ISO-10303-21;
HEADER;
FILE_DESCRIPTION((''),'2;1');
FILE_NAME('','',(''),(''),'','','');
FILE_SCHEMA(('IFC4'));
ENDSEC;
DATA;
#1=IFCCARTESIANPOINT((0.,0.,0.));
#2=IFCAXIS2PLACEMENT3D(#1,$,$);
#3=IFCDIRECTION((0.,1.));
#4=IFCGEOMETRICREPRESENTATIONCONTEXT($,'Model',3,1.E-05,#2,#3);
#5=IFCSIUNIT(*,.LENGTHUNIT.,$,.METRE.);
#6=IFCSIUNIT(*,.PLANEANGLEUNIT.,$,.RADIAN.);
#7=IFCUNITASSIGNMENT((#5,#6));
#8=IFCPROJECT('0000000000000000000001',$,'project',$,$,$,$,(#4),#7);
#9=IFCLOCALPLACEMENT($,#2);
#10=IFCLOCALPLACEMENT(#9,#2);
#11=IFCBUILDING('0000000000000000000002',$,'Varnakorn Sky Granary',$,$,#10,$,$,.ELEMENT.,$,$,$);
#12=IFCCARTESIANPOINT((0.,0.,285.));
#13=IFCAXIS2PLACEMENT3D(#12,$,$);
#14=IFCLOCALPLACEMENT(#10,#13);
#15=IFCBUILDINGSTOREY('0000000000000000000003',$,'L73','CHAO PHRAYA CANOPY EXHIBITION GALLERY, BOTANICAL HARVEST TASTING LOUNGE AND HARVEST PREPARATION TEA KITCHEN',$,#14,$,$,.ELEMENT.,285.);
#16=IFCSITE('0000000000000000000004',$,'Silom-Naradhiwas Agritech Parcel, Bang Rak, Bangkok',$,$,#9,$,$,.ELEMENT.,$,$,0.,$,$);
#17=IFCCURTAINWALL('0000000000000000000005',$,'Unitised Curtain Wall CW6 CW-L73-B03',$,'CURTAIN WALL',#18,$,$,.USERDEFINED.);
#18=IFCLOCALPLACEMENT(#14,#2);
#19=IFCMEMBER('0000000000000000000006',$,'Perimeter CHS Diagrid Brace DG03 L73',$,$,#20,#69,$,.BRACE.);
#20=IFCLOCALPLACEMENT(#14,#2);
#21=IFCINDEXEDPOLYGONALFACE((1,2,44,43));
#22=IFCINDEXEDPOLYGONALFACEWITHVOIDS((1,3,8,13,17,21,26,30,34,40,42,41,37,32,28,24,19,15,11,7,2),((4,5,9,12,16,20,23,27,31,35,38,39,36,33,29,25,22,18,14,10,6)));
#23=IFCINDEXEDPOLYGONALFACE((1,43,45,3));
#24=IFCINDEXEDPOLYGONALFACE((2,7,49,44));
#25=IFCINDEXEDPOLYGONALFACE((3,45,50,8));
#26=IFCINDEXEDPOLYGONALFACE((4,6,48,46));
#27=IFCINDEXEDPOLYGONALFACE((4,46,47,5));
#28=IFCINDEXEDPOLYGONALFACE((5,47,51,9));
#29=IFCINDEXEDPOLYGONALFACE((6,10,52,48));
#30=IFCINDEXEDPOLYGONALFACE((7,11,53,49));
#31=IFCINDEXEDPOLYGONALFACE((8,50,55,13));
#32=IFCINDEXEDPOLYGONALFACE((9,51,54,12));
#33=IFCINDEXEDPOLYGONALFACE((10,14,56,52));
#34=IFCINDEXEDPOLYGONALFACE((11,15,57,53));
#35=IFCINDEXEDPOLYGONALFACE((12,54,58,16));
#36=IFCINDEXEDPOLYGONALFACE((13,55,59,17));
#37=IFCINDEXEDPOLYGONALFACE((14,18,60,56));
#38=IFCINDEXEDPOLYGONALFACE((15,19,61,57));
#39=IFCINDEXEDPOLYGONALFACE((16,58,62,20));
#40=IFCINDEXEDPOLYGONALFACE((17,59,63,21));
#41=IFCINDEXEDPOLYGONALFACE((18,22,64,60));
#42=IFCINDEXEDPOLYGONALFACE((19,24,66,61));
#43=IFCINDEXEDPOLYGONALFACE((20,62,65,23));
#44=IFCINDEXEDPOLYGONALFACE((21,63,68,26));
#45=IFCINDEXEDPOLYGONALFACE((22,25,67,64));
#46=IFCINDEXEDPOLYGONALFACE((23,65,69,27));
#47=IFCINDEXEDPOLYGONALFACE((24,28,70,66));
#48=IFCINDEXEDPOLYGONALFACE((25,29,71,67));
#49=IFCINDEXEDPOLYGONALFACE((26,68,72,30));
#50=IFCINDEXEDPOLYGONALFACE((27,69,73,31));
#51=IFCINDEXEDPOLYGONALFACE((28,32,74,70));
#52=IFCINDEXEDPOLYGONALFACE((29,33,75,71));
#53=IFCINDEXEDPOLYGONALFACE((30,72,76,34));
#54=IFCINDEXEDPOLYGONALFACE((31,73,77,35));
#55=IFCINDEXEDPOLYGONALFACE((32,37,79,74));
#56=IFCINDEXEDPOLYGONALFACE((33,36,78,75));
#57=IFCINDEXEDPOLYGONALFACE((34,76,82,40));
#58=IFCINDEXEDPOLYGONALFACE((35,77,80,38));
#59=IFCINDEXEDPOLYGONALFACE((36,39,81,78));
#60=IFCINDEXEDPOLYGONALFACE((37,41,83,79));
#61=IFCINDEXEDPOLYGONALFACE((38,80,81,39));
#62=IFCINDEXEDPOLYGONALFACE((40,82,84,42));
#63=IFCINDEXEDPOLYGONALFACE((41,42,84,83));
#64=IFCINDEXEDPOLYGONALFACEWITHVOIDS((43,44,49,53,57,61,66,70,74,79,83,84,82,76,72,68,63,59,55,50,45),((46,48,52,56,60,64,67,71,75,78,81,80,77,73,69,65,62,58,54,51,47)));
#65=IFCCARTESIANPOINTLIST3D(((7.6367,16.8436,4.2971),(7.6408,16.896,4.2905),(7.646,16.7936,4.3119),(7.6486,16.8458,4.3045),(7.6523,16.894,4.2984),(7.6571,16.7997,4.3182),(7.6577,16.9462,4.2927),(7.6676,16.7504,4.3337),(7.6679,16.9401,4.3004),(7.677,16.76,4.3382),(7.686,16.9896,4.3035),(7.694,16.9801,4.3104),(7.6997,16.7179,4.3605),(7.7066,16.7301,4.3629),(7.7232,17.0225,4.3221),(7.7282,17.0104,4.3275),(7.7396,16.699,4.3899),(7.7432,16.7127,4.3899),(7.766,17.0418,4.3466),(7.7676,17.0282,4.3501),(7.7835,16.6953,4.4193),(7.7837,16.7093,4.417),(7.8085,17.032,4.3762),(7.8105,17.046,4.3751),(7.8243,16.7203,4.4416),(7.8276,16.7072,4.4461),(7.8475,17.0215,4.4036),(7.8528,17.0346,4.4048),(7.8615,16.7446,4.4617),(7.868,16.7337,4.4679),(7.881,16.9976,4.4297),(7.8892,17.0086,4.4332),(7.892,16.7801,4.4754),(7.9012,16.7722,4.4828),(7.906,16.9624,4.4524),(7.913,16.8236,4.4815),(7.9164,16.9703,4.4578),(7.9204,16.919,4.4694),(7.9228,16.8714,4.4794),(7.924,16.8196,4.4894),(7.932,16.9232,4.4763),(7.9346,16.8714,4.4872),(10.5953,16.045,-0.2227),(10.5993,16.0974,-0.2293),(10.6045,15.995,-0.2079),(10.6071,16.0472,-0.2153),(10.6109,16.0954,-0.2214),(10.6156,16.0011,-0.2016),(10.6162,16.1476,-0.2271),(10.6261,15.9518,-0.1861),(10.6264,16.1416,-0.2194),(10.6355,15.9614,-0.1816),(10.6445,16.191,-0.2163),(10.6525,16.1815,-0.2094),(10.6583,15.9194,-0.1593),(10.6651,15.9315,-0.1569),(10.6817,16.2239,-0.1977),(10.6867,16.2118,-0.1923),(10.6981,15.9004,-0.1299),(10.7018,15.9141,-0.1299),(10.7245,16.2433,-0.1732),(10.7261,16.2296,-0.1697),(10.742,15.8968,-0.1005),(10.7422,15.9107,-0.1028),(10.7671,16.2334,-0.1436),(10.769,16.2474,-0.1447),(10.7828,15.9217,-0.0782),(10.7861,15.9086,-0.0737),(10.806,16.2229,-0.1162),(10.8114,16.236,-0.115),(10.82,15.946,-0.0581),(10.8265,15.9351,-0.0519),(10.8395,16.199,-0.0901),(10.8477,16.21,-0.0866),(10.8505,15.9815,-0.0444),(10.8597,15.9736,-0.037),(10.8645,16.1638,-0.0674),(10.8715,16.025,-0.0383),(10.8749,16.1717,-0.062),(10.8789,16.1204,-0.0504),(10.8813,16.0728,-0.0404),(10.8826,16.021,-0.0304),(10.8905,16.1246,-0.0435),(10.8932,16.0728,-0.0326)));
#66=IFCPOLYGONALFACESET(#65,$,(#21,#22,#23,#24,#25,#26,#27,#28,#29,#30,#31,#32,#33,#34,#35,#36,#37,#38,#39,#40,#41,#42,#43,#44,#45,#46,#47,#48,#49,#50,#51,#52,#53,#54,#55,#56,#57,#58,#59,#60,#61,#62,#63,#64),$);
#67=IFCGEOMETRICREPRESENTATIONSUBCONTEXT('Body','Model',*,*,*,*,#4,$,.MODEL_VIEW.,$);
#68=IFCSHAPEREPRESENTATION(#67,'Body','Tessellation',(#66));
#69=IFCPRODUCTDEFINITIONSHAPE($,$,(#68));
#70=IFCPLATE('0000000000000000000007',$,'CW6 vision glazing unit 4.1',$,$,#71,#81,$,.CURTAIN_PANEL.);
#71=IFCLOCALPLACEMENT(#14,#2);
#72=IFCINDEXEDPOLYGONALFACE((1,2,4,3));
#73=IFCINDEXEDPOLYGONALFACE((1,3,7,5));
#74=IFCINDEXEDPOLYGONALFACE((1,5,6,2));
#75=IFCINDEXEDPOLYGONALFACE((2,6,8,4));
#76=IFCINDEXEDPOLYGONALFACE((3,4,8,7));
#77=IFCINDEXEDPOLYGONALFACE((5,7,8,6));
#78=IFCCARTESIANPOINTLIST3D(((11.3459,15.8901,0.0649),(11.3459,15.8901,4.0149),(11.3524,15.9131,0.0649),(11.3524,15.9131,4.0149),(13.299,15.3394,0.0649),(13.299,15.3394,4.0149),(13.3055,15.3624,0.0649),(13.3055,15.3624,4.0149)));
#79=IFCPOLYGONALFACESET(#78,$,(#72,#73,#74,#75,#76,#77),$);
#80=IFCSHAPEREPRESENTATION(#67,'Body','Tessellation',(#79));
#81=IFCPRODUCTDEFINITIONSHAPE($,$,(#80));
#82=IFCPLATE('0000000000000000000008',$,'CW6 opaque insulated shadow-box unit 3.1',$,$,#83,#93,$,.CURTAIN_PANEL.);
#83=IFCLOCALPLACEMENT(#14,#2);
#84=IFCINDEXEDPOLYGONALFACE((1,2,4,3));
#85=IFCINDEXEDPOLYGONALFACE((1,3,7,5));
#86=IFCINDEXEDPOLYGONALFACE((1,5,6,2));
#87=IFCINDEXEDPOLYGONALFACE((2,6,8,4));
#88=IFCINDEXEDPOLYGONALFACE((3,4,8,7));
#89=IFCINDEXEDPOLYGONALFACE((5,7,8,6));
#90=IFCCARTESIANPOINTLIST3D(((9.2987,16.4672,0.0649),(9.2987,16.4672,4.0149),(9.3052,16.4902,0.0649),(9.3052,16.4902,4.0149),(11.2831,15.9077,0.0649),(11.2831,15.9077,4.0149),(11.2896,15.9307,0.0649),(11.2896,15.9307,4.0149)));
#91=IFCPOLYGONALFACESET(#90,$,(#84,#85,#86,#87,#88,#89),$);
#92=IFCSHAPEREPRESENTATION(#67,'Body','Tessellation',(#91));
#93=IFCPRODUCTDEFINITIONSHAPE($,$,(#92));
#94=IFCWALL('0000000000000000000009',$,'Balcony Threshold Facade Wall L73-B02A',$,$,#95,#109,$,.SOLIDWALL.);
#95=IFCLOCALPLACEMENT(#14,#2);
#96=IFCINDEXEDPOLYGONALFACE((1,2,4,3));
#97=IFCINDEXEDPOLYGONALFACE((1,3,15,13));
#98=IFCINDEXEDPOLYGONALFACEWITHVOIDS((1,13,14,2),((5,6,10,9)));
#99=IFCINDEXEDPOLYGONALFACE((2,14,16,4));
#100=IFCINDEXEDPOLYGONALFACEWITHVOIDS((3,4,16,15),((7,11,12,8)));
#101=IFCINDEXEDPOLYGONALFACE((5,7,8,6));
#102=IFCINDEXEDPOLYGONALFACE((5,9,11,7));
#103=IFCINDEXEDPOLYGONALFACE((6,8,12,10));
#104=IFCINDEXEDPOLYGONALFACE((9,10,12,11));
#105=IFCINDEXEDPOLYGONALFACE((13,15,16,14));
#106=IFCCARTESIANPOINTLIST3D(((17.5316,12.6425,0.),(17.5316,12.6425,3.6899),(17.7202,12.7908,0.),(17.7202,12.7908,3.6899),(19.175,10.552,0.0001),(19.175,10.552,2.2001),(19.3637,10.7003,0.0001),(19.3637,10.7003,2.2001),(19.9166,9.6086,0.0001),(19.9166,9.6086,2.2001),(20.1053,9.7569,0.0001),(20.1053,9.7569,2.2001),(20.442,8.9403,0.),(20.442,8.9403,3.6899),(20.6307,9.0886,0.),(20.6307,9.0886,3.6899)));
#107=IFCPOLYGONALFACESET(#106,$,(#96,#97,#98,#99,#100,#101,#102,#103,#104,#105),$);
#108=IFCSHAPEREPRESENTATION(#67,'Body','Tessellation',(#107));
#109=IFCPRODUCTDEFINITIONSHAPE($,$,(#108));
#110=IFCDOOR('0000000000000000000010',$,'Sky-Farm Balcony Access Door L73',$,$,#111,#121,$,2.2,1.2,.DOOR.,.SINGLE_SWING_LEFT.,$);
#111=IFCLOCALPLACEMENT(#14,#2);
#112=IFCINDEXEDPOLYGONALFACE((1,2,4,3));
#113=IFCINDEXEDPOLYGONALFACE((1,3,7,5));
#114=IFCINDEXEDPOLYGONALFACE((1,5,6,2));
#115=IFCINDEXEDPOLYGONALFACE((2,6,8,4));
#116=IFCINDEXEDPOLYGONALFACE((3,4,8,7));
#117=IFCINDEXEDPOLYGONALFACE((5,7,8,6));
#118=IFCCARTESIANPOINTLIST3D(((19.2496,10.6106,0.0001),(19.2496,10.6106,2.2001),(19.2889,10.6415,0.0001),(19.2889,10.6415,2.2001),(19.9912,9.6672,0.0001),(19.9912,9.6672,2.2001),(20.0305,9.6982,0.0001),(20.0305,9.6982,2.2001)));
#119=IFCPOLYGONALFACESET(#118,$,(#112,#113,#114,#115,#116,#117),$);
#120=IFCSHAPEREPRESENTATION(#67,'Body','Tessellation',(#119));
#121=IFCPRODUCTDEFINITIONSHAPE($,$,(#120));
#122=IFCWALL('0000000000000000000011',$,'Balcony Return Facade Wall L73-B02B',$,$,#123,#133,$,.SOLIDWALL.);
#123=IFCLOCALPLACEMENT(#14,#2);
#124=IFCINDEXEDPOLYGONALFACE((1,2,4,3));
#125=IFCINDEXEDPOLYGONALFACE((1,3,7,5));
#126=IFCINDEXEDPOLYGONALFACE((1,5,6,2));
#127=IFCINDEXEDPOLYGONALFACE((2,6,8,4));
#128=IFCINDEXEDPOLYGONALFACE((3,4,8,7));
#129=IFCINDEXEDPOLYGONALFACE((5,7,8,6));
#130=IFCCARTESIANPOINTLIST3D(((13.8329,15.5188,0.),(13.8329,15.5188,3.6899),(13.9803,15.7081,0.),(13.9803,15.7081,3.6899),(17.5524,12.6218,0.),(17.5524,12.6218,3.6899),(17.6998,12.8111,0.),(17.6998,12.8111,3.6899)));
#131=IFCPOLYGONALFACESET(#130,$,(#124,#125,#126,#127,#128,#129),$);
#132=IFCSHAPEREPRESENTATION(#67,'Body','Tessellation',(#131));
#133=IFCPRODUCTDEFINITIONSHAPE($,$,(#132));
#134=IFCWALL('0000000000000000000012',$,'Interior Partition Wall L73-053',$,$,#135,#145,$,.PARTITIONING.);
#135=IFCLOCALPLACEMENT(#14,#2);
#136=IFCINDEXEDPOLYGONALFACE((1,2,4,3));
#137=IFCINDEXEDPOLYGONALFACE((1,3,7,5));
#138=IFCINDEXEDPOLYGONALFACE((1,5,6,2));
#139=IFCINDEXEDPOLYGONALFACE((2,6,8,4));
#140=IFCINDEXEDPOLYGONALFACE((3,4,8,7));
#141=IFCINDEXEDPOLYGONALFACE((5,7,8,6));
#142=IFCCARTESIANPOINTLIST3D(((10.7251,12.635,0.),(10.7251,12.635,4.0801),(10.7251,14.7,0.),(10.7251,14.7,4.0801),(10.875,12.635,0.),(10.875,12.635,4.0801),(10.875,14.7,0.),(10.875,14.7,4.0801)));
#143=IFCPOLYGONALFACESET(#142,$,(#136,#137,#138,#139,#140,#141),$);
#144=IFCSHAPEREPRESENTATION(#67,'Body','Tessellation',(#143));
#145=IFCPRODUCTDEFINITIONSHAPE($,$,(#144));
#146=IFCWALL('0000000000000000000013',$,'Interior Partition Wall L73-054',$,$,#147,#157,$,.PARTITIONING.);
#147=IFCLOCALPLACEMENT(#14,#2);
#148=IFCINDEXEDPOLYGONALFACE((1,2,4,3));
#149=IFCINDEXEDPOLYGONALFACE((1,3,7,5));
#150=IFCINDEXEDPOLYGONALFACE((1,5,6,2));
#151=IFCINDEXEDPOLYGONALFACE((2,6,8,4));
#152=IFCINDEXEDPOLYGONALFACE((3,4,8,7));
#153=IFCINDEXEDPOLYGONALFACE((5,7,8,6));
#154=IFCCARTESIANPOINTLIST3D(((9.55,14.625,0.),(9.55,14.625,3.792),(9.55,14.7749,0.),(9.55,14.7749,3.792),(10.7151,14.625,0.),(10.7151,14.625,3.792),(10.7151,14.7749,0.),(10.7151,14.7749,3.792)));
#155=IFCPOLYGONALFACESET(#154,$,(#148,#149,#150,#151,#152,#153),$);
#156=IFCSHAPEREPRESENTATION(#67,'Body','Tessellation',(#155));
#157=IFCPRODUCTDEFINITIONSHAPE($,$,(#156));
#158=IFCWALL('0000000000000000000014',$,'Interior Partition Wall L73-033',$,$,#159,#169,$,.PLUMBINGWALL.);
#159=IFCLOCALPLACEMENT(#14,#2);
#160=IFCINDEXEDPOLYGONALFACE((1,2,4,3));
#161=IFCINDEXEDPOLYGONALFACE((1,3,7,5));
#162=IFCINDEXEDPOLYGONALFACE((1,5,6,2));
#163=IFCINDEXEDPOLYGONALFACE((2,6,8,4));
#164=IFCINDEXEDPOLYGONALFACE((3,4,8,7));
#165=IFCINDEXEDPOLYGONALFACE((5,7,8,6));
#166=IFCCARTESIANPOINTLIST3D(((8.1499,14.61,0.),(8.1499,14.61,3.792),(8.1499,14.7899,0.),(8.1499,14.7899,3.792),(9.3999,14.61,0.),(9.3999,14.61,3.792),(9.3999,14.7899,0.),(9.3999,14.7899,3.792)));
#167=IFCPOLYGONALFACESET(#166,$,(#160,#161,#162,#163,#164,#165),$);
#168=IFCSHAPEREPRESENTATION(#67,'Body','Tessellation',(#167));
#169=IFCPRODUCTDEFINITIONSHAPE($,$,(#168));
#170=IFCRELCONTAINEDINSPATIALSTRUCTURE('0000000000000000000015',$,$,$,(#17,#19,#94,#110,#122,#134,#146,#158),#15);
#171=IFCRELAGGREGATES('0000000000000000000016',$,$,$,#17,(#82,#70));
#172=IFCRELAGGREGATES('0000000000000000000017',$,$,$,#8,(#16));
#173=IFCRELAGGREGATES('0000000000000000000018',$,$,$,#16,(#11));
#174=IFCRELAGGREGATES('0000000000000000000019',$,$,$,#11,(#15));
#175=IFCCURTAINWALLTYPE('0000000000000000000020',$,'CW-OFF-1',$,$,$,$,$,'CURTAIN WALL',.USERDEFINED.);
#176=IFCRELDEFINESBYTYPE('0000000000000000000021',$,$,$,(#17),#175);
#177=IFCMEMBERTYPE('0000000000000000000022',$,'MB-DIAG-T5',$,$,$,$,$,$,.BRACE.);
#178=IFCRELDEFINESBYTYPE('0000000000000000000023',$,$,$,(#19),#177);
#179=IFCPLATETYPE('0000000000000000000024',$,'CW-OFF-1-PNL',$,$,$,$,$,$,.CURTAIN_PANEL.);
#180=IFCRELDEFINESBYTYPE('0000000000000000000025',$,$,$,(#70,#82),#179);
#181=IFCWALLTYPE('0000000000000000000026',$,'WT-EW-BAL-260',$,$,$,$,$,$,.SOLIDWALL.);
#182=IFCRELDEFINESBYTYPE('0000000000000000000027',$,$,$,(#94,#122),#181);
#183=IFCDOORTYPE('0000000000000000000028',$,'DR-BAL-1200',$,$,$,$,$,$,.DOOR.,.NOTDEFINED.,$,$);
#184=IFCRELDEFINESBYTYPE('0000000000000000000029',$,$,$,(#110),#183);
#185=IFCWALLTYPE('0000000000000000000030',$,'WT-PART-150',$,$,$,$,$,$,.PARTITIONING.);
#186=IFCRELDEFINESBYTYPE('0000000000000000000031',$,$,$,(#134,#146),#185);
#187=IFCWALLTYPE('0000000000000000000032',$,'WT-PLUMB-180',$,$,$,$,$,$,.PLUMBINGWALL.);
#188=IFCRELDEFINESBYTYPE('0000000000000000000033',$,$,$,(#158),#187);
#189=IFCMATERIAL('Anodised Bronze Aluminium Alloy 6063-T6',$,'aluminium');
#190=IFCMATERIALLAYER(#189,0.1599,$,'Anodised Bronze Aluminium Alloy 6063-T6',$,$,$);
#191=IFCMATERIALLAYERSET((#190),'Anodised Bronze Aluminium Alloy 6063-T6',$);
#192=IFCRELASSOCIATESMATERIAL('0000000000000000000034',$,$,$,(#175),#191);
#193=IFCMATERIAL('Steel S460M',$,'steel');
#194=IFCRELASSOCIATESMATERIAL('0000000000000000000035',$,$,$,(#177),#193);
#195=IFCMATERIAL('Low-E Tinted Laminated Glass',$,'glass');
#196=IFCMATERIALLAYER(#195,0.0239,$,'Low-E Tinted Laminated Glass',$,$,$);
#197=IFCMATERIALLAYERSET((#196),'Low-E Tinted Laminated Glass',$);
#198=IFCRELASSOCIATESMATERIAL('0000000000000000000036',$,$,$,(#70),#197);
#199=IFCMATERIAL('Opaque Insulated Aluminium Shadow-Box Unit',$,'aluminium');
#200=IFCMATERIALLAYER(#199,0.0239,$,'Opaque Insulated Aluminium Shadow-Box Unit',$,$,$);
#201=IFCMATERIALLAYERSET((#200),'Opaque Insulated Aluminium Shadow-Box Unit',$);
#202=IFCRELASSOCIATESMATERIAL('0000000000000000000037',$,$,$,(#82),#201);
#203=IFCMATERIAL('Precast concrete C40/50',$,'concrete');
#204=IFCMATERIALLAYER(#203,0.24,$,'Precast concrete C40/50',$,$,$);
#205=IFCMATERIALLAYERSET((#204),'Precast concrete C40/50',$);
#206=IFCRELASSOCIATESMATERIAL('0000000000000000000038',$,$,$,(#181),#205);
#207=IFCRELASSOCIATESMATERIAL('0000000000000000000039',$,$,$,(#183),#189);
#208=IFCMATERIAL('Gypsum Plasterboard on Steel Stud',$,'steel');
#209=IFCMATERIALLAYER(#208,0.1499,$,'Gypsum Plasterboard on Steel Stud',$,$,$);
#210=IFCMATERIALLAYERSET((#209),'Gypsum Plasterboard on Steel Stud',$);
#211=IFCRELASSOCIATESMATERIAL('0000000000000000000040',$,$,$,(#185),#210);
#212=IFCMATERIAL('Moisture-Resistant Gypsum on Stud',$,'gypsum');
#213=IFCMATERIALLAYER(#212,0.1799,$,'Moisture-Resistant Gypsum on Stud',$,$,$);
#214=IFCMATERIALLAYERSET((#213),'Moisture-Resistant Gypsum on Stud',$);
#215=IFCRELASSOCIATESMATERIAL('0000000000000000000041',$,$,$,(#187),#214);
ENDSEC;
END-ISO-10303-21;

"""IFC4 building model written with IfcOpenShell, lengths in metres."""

from ifc_helpers import new_model, si_unit, direction, frame, frame_2d, origin, origin_2d, place, context, subcontext, project, spatial, rectangle, hollow_circle, extrude, source, transform, mapped, material, layer, layer_set, material_profile, profile_set, type_object, type_shapes, element, fill, aggregate, save


model = new_model("IFC4")

# Units and contexts
model_context = context("Model", 3, precision=1e-05, world=origin(), true_north=direction((0.0, 1.0)))
body_context = subcontext(model_context, "Body", "Model", "MODEL_VIEW")
ifc_project = project(units=[si_unit("LENGTHUNIT", "METRE"), si_unit("PLANEANGLEUNIT", "RADIAN")], contexts=[model_context])

# Site, building, storey
site_placement = place(None, origin())
site = spatial("IfcSite", under=ifc_project, at=site_placement, Name="Silom-Naradhiwas Agritech Parcel, Bang Rak, Bangkok", CompositionType="ELEMENT", RefElevation=0.0)
building_placement = place(site_placement, origin())
building = spatial("IfcBuilding", under=site, at=building_placement, Name="Varnakorn Sky Granary", CompositionType="ELEMENT")
storey_placement = place(building_placement, frame((0.0, 0.0, 285.0)))
storey = spatial("IfcBuildingStorey", under=building, at=storey_placement, Name="L73", Description="CHAO PHRAYA CANOPY EXHIBITION GALLERY, BOTANICAL HARVEST TASTING LOUNGE AND HARVEST PREPARATION TEA KITCHEN", CompositionType="ELEMENT", Elevation=285.0)

# Shared definitions
ifc_material_1 = material(Name="Steel S460M", Category="steel")

# Shared definitions
ifc_material_2 = material(Name="Anodised Bronze Aluminium Alloy 6063-T6", Category="aluminium")
ifc_layer_1 = layer(ifc_material_2, 0.1599, Name="Anodised Bronze Aluminium Alloy 6063-T6")
ifc_layer_set_1 = layer_set([ifc_layer_1], Name="Anodised Bronze Aluminium Alloy 6063-T6")
curtain_wall_type = type_object("IfcCurtainWallType", Name="CW-OFF-1", ElementType="CURTAIN WALL", PredefinedType="USERDEFINED", material=ifc_layer_set_1)

# Curtain wall
curtain_wall_1_placement = place(storey_placement, origin())
curtain_wall_1 = element("IfcCurtainWall", 1, at=curtain_wall_1_placement, inside=storey, type_object=curtain_wall_type, Name="Unitised Curtain Wall CW6 CW-L73-B03", ObjectType="CURTAIN WALL", PredefinedType="USERDEFINED")

# Member
ifc_material_profile_1 = material_profile(ifc_material_1, hollow_circle(Radius=0.1777, WallThickness=0.0142, at=origin_2d()), Name="CHS 355.6x14")
ifc_profile_set_1 = profile_set([ifc_material_profile_1], Name="Steel S460M")
member_type_1 = type_object("IfcMemberType", Name="MB-DIAG-T5", PredefinedType="BRACE", material=ifc_profile_set_1)
member_1_placement = place(storey_placement, frame((10.7444, 16.072, -0.1299), z_axis=(-0.541784, 0.146243, 0.827698), x_axis=(-0.260602, -0.965446, 0.0)))
element("IfcMember", 2, at=member_1_placement, inside=storey, type_object=member_type_1, Name="Perimeter CHS Diagrid Brace DG03 L73", PredefinedType="BRACE", context=body_context, shape_type="SweptSolid", body=[
    extrude(hollow_circle(Radius=0.1777, WallThickness=0.0142, at=origin_2d()), origin(), (0.0, 0.0, 1.0), 5.4607),
])

# Plates
ifc_material_3 = material(Name="Low-E Tinted Laminated Glass", Category="glass")
ifc_layer_2 = layer(ifc_material_3, 0.0239, Name="Low-E Tinted Laminated Glass")
ifc_layer_set_2 = layer_set([ifc_layer_2], Name="Low-E Tinted Laminated Glass")
plate_type = type_object("IfcPlateType", Name="CW-OFF-1-PNL", PredefinedType="CURTAIN_PANEL")
shared_shape_1 = source(origin(), body_context, "Body", "SweptSolid", [
    extrude(rectangle(XDim=2.0293, YDim=0.0239, at=origin_2d()), origin(), (0.0, 0.0, 1.0), 3.95),
])
plate_1_placement = place(storey_placement, frame((12.3257, 15.6262, 0.0649), z_axis=(0.0, 0.0, 1.0), x_axis=(0.962474, -0.271372, 0.0)))
plate_1 = element("IfcPlate", 3, at=plate_1_placement, type_object=plate_type, material=ifc_layer_set_2, Name="CW6 vision glazing unit 4.1", PredefinedType="CURTAIN_PANEL", context=body_context, shape_type="MappedRepresentation", body=[
    mapped(shared_shape_1, transform((0.0, 0.0, 0.0), x_axis=(1.0, 0.0, 0.0), y_axis=(0.0, 1.0, 0.0), z_axis=(0.0, 0.0, 1.0), scale=1.0)),
])
ifc_material_4 = material(Name="Opaque Insulated Aluminium Shadow-Box Unit", Category="aluminium")
ifc_layer_3 = layer(ifc_material_4, 0.0239, Name="Opaque Insulated Aluminium Shadow-Box Unit")
ifc_layer_set_3 = layer_set([ifc_layer_3], Name="Opaque Insulated Aluminium Shadow-Box Unit")
shared_shape_2 = source(origin(), body_context, "Body", "SweptSolid", [
    extrude(rectangle(XDim=2.0618, YDim=0.0239, at=origin_2d()), origin(), (0.0, 0.0, 1.0), 3.95),
])
type_shapes(plate_type, [shared_shape_1, shared_shape_2])
plate_2_placement = place(storey_placement, frame((10.2942, 16.199, 0.0649), z_axis=(0.0, 0.0, 1.0), x_axis=(0.962474, -0.271372, 0.0)))
plate_2 = element("IfcPlate", 4, at=plate_2_placement, type_object=plate_type, material=ifc_layer_set_3, Name="CW6 opaque insulated shadow-box unit 3.1", PredefinedType="CURTAIN_PANEL", context=body_context, shape_type="MappedRepresentation", body=[
    mapped(shared_shape_2, transform((0.0, 0.0, 0.0), x_axis=(1.0, 0.0, 0.0), y_axis=(0.0, 1.0, 0.0), z_axis=(0.0, 0.0, 1.0), scale=1.0)),
])
aggregate(curtain_wall_1, [plate_2, plate_1])

# Wall, opening, door
ifc_material_5 = material(Name="Precast concrete C40/50", Category="concrete")
ifc_layer_4 = layer(ifc_material_5, 0.24, Name="Precast concrete C40/50")
ifc_layer_set_4 = layer_set([ifc_layer_4], Name="Precast concrete C40/50")
wall_type_1 = type_object("IfcWallType", Name="WT-EW-BAL-260", PredefinedType="SOLIDWALL", material=ifc_layer_set_4)
wall_1_placement = place(storey_placement, frame((17.626, 12.7166, 0.0), z_axis=(0.0, 0.0, 1.0), x_axis=(0.618028, -0.786156, 0.0)))
wall_1 = element("IfcWall", 5, at=wall_1_placement, inside=storey, type_object=wall_type_1, Name="Balcony Threshold Facade Wall L73-B02A", PredefinedType="SOLIDWALL", context=body_context, shape_type="SweptSolid", body=[
    extrude(rectangle(XDim=4.7092, YDim=0.24, at=frame_2d((2.3545, 0.0))), origin(), (0.0, 0.0, 1.0), 3.6899),
])
opening_placement = place(wall_1_placement, frame((2.6589, 0.0, 0.0)))
opening = element("IfcOpeningElement", 6, at=opening_placement, cuts=wall_1, PredefinedType="OPENING", context=body_context, shape_type="SweptSolid", body=[
    extrude(rectangle(XDim=1.2, YDim=2.2, at=frame_2d((0.6001, 1.1001))), frame((0.0, 0.1299, 0.0), z_axis=(0.0, -1.0, 0.0), x_axis=(1.0, 0.0, 0.0)), (0.0, 0.0, 1.0), 0.26),
])
door_type = type_object("IfcDoorType", Name="DR-BAL-1200", OperationType="NOTDEFINED", PredefinedType="DOOR", material=ifc_material_2)
door_placement = place(opening_placement, origin())
door = element("IfcDoor", 7, at=door_placement, inside=storey, type_object=door_type, Name="Sky-Farm Balcony Access Door L73", OperationType="SINGLE_SWING_LEFT", OverallHeight=2.2, OverallWidth=1.2, PredefinedType="DOOR", context=body_context, shape_type="SweptSolid", body=[
    extrude(rectangle(XDim=1.2, YDim=2.2, at=frame_2d((0.6001, 1.1001))), frame((0.0, 0.0249, 0.0), z_axis=(0.0, -1.0, 0.0), x_axis=(1.0, 0.0, 0.0)), (0.0, 0.0, 1.0), 0.05),
])
fill(opening, door)

# Walls
wall_2_placement = place(storey_placement, frame((13.9065, 15.6135, 0.0), z_axis=(0.0, 0.0, 1.0), x_axis=(0.788937, -0.614475, 0.0)))
element("IfcWall", 8, at=wall_2_placement, inside=storey, type_object=wall_type_1, Name="Balcony Return Facade Wall L73-B02B", PredefinedType="SOLIDWALL", context=body_context, shape_type="SweptSolid", body=[
    extrude(rectangle(XDim=4.7146, YDim=0.24, at=frame_2d((2.3574, 0.0))), origin(), (0.0, 0.0, 1.0), 3.6899),
])
ifc_material_6 = material(Name="Gypsum Plasterboard on Steel Stud", Category="steel")
ifc_layer_5 = layer(ifc_material_6, 0.1499, Name="Gypsum Plasterboard on Steel Stud")
ifc_layer_set_5 = layer_set([ifc_layer_5], Name="Gypsum Plasterboard on Steel Stud")
wall_type_2 = type_object("IfcWallType", Name="WT-PART-150", PredefinedType="PARTITIONING", material=ifc_layer_set_5)
wall_3_placement = place(storey_placement, frame((10.8, 12.635, 0.0), z_axis=(0.0, 0.0, 1.0), x_axis=(0.0, 1.0, 0.0)))
element("IfcWall", 9, at=wall_3_placement, inside=storey, type_object=wall_type_2, Name="Interior Partition Wall L73-053", PredefinedType="PARTITIONING", context=body_context, shape_type="SweptSolid", body=[
    extrude(rectangle(XDim=2.0649, YDim=0.1499, at=frame_2d((1.0325, 0.0))), origin(), (0.0, 0.0, 1.0), 4.0801),
])
wall_4_placement = place(storey_placement, frame((10.7151, 14.7, 0.0), z_axis=(0.0, 0.0, 1.0), x_axis=(-1.0, 0.0, 0.0)))
element("IfcWall", 10, at=wall_4_placement, inside=storey, type_object=wall_type_2, Name="Interior Partition Wall L73-054", PredefinedType="PARTITIONING", context=body_context, shape_type="SweptSolid", body=[
    extrude(rectangle(XDim=1.165, YDim=0.1499, at=frame_2d((0.5825, 0.0))), origin(), (0.0, 0.0, 1.0), 3.792),
])
ifc_material_7 = material(Name="Moisture-Resistant Gypsum on Stud", Category="gypsum")
ifc_layer_6 = layer(ifc_material_7, 0.1799, Name="Moisture-Resistant Gypsum on Stud")
ifc_layer_set_6 = layer_set([ifc_layer_6], Name="Moisture-Resistant Gypsum on Stud")
wall_type_3 = type_object("IfcWallType", Name="WT-PLUMB-180", PredefinedType="PLUMBINGWALL", material=ifc_layer_set_6)
wall_5_placement = place(storey_placement, frame((9.3999, 14.7, 0.0), z_axis=(0.0, 0.0, 1.0), x_axis=(-1.0, 0.0, 0.0)))
element("IfcWall", 11, at=wall_5_placement, inside=storey, type_object=wall_type_3, Name="Interior Partition Wall L73-033", PredefinedType="PLUMBINGWALL", context=body_context, shape_type="SweptSolid", body=[
    extrude(rectangle(XDim=1.25, YDim=0.1799, at=frame_2d((0.625, 0.0))), origin(), (0.0, 0.0, 1.0), 3.792),
])

save(model, "model.ifc")
